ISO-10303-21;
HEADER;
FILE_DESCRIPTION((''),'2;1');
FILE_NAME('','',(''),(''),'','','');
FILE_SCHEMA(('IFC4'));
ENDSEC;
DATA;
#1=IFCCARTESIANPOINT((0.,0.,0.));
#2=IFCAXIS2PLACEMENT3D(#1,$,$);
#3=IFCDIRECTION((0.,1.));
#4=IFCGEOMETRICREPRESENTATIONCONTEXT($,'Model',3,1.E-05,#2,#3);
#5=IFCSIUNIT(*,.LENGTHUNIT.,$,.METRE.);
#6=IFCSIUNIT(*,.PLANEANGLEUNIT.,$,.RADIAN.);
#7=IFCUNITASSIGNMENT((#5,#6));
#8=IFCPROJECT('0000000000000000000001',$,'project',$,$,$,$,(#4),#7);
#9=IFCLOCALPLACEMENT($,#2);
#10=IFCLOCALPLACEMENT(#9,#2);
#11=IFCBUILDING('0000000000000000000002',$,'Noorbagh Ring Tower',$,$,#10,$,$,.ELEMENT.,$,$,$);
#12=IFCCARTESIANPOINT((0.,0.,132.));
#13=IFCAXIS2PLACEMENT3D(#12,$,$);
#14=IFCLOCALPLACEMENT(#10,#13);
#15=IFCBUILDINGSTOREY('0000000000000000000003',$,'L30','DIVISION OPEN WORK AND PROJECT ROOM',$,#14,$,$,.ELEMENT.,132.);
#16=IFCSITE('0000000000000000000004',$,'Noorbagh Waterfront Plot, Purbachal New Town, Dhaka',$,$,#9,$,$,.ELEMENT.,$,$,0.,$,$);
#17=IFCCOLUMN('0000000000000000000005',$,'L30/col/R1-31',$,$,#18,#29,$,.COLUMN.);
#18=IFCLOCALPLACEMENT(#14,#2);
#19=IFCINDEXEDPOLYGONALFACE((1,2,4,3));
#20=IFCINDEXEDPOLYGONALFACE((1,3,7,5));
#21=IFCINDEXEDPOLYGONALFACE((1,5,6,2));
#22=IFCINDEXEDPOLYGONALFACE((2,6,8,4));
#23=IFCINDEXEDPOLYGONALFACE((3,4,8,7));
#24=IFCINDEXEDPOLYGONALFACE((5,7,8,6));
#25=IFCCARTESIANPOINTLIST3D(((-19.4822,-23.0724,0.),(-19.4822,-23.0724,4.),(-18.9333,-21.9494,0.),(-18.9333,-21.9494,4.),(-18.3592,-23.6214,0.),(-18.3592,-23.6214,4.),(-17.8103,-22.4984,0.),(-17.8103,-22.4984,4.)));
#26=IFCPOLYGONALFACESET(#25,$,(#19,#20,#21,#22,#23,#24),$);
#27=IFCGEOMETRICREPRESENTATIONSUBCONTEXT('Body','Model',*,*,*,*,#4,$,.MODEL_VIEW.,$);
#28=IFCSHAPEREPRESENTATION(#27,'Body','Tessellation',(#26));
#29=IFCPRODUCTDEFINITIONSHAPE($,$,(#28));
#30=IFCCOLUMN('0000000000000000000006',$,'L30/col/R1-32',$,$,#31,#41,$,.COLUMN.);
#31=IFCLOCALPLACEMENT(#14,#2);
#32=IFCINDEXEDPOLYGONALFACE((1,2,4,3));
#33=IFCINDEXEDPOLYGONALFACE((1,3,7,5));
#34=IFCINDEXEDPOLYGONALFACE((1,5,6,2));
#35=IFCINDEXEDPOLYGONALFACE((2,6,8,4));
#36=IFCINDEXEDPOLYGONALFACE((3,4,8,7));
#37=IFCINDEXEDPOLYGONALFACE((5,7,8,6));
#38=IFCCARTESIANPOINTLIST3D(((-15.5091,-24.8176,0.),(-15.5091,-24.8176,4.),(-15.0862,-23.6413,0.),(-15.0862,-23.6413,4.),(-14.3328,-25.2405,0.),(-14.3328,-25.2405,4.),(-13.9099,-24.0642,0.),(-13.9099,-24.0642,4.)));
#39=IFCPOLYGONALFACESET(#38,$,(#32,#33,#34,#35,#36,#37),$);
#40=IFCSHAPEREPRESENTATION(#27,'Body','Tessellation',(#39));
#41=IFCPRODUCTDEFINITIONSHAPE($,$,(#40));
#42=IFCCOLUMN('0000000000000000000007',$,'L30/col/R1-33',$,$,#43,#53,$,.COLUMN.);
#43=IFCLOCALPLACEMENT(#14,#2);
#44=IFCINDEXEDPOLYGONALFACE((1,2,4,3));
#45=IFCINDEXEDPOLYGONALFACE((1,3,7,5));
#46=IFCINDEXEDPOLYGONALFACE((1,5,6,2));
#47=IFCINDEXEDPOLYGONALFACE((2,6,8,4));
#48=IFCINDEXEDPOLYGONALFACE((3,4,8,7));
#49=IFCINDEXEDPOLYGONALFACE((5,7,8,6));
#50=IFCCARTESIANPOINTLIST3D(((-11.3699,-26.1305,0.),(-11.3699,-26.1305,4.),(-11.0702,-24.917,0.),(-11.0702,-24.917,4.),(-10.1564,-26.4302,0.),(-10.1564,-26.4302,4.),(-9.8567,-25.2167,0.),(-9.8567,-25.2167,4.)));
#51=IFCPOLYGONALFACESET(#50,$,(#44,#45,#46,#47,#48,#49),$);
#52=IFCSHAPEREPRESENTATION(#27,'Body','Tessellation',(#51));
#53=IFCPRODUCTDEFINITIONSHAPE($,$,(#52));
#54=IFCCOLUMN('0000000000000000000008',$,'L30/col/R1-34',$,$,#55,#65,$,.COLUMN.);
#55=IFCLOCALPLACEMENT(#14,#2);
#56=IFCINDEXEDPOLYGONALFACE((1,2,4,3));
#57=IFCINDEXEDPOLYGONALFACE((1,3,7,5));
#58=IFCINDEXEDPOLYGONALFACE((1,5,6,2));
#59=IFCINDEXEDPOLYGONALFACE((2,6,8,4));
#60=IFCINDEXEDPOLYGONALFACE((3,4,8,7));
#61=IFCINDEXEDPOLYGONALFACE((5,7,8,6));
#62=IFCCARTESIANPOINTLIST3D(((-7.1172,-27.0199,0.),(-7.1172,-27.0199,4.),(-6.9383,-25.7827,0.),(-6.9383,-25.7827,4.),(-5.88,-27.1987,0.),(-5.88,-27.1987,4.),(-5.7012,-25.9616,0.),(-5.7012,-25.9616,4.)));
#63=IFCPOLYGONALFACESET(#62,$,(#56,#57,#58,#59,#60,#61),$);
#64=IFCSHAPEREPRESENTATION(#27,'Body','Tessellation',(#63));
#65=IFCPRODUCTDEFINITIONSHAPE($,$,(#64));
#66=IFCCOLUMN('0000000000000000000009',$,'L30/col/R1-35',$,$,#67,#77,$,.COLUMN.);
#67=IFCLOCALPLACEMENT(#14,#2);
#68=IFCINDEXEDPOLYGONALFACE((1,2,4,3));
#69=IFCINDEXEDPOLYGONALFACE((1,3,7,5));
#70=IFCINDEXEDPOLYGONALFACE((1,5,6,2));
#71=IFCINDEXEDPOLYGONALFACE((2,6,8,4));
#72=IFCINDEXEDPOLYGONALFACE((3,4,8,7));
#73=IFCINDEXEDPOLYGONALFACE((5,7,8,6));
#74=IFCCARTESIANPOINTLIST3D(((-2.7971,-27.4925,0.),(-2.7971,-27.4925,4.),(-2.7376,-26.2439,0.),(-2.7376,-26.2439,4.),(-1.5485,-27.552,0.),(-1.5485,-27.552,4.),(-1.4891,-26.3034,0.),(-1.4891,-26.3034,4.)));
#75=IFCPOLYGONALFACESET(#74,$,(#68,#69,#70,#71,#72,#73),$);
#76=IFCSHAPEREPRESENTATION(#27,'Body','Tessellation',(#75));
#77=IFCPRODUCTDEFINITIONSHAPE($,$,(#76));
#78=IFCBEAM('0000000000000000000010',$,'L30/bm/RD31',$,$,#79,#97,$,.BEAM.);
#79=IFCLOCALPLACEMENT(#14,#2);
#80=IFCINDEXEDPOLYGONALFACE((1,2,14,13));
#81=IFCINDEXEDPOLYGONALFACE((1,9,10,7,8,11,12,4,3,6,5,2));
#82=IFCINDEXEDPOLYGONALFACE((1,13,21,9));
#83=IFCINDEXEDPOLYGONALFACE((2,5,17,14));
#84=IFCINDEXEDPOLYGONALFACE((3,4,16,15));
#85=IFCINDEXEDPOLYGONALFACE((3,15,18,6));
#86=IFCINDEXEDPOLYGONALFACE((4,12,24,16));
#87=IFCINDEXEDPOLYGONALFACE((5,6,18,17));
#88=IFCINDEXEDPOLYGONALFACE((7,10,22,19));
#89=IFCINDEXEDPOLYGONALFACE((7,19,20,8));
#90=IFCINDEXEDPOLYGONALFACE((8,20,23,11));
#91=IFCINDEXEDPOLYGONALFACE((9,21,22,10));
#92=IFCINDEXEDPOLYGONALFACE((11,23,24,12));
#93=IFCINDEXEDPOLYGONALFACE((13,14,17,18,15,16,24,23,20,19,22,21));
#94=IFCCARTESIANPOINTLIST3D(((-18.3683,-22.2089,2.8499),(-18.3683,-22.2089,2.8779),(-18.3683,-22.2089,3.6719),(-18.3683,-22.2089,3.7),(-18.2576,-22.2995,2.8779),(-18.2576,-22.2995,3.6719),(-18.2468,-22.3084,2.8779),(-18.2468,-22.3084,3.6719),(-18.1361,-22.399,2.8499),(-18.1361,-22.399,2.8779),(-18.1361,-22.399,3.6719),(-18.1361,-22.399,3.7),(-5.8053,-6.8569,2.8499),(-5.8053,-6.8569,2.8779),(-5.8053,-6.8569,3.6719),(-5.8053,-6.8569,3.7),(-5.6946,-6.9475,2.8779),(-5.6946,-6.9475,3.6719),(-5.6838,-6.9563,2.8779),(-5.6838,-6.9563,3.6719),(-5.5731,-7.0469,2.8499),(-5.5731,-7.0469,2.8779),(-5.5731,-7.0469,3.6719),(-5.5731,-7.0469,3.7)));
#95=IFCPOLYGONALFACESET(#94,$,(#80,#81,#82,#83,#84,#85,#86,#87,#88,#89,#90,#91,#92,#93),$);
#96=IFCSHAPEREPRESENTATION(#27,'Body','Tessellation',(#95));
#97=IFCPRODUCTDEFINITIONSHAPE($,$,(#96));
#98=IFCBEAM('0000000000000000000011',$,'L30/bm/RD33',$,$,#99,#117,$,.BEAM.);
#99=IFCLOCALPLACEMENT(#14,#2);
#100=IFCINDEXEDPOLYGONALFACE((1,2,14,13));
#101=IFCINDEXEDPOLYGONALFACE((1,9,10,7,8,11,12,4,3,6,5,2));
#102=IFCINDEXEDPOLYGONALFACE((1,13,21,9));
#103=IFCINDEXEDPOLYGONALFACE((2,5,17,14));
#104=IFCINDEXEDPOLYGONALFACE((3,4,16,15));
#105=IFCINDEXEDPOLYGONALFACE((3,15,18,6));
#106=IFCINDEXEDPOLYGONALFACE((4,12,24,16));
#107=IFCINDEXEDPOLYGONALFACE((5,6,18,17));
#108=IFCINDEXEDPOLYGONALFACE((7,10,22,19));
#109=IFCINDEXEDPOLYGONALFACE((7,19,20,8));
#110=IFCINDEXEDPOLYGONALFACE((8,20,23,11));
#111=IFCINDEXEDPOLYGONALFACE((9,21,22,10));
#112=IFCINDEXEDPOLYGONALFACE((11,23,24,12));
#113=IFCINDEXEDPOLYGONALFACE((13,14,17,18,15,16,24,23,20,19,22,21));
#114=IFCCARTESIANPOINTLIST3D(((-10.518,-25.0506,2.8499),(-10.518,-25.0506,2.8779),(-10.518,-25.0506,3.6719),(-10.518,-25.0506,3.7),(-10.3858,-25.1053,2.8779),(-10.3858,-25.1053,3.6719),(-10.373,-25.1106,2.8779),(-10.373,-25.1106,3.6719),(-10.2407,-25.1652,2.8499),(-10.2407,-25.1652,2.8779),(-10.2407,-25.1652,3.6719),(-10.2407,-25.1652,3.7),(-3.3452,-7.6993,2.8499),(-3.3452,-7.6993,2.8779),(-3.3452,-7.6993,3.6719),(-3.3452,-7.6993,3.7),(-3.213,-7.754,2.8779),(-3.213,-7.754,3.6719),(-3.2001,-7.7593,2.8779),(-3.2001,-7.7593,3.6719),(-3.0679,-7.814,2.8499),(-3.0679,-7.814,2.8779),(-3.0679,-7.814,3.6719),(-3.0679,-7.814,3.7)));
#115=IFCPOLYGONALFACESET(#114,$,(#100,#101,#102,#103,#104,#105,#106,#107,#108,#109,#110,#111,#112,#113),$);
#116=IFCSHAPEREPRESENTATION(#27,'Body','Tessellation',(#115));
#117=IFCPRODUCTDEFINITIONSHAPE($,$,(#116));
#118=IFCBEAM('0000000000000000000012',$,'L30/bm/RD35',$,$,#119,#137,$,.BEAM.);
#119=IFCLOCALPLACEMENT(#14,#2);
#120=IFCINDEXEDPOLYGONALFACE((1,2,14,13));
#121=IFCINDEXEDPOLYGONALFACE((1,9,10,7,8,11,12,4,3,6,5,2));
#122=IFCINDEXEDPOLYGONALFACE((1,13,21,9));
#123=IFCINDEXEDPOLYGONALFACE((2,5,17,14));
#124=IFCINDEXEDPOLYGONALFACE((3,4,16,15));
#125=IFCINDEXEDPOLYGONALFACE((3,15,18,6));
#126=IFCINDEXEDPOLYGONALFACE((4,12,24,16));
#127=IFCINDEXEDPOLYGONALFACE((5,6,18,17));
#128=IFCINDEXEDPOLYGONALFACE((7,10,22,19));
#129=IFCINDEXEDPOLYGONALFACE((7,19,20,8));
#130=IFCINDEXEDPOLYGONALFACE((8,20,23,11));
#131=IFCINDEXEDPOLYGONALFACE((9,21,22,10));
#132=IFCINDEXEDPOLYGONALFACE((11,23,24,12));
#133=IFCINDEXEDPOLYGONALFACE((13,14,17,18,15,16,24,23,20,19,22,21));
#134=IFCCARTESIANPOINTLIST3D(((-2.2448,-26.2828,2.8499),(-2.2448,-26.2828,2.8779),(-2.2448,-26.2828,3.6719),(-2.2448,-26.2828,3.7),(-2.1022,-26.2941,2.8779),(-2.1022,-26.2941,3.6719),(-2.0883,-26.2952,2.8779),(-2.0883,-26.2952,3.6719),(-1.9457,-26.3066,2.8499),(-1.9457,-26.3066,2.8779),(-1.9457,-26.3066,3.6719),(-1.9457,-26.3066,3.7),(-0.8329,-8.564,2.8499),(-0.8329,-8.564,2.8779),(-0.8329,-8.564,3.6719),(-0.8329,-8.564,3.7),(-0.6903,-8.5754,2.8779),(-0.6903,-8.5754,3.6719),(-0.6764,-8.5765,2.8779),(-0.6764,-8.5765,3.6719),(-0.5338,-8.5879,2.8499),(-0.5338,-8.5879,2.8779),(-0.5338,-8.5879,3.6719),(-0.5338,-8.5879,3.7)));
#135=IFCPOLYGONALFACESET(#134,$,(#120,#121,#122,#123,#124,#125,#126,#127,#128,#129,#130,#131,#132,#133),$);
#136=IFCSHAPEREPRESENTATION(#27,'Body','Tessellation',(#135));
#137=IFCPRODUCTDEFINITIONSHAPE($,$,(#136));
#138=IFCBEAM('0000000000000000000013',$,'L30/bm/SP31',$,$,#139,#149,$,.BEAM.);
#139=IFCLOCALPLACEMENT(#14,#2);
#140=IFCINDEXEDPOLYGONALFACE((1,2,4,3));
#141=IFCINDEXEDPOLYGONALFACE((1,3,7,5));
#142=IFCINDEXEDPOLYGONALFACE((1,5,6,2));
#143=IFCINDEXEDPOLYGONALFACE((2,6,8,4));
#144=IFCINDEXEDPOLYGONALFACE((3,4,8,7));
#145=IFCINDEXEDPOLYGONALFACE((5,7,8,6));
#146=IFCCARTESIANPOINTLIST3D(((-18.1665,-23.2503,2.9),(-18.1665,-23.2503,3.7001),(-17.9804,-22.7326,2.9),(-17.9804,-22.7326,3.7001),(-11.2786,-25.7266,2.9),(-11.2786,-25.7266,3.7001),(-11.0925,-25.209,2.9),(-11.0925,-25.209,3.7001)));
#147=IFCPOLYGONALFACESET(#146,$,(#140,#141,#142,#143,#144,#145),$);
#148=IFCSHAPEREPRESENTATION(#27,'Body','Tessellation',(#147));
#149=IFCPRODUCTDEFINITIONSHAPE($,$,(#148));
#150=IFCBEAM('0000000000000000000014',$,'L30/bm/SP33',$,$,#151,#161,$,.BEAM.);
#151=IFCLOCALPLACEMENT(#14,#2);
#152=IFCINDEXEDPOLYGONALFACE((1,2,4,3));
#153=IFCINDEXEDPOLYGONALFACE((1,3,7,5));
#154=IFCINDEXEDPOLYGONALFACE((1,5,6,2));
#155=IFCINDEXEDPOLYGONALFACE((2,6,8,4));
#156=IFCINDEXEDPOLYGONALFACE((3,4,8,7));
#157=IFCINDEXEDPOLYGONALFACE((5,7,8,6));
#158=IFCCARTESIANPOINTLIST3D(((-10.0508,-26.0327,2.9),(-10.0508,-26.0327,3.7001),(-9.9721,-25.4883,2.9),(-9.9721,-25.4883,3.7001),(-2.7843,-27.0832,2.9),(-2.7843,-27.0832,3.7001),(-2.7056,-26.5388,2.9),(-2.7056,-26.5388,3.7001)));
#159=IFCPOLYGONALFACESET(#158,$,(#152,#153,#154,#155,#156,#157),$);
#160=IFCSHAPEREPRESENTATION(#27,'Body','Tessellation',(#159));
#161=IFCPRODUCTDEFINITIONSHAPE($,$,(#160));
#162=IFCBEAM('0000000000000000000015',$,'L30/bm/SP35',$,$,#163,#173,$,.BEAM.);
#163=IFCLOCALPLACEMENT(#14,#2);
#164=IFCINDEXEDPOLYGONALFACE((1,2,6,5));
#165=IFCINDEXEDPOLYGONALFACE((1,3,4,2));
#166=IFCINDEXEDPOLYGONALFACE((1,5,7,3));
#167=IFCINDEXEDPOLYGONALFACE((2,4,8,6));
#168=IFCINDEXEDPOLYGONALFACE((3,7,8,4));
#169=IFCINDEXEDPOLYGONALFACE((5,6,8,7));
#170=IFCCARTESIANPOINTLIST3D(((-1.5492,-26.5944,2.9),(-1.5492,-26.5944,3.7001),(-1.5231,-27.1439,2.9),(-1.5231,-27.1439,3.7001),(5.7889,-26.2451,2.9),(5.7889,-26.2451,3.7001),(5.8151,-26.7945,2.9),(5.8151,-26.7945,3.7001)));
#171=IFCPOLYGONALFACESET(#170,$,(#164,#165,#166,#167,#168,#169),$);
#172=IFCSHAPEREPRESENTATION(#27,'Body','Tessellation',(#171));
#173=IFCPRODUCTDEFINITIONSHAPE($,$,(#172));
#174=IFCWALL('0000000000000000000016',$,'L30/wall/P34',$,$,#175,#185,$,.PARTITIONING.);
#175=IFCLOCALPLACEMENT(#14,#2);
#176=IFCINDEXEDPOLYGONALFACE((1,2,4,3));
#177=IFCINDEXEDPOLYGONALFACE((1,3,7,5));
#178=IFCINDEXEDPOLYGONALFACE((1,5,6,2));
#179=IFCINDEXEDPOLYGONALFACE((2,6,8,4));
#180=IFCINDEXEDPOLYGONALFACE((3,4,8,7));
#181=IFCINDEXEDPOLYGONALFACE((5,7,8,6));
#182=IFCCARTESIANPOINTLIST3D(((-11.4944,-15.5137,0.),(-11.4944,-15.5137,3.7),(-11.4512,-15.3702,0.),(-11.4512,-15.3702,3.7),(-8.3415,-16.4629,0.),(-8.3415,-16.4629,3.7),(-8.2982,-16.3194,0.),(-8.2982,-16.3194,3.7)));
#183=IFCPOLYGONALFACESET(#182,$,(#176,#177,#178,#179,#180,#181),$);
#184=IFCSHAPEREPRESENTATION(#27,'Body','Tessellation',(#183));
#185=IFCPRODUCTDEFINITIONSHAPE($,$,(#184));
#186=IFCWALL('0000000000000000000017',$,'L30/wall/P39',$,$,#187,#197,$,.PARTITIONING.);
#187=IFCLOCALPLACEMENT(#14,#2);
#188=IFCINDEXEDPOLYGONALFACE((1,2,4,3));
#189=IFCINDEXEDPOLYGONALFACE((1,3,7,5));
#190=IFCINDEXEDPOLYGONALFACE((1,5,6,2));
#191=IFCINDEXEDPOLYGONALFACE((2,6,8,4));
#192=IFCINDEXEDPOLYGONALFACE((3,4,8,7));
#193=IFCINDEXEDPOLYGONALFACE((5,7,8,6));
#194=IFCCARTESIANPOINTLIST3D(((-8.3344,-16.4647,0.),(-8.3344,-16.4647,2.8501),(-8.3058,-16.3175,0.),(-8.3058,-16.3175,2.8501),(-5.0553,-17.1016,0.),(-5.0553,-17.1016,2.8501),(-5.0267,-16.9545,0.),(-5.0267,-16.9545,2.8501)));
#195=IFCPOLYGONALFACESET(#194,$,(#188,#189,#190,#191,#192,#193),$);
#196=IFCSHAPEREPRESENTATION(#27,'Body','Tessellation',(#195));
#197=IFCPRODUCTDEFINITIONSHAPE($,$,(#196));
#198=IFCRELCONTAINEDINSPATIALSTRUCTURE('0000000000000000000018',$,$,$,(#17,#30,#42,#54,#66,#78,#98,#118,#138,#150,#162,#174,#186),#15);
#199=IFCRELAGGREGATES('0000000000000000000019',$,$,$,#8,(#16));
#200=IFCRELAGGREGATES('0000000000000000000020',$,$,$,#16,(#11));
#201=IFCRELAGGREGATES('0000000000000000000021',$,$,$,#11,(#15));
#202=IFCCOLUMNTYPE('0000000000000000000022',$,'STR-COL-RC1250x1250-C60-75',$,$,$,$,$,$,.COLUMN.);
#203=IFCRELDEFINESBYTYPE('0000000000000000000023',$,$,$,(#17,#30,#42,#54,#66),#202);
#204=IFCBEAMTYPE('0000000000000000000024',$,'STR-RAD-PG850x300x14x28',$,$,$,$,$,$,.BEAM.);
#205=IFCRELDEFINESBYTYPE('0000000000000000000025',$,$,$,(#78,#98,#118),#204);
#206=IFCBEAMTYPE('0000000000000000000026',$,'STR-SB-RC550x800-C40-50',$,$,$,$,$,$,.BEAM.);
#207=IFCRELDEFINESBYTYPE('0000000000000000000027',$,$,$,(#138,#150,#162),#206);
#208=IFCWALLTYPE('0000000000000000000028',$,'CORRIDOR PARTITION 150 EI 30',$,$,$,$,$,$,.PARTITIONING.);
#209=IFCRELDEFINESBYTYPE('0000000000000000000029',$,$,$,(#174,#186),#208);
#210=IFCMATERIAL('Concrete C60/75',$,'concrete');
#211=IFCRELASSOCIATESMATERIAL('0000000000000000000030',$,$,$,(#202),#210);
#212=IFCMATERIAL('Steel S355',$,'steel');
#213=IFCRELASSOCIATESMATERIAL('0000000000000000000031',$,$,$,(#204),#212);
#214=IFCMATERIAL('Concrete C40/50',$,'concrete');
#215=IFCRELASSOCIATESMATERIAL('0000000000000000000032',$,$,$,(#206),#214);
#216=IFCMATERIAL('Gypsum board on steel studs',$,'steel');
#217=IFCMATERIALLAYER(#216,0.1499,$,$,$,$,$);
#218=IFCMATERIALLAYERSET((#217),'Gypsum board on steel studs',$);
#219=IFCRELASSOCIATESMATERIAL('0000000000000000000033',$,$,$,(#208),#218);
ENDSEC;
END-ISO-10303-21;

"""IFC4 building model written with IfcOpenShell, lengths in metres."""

from ifc_helpers import new_model, si_unit, direction, frame, frame_2d, origin, origin_2d, place, context, subcontext, project, spatial, rectangle, i_section, extrude, material, layer, layer_set, material_profile, profile_set, type_object, element, save


model = new_model("IFC4")

# Units and contexts
model_context = context("Model", 3, precision=1e-05, world=origin(), true_north=direction((0.0, 1.0)))
body_context = subcontext(model_context, "Body", "Model", "MODEL_VIEW")
ifc_project = project(units=[si_unit("LENGTHUNIT", "METRE"), si_unit("PLANEANGLEUNIT", "RADIAN")], contexts=[model_context])

# Site, building, storey
site_placement = place(None, origin())
site = spatial("IfcSite", under=ifc_project, at=site_placement, Name="Noorbagh Waterfront Plot, Purbachal New Town, Dhaka", CompositionType="ELEMENT", RefElevation=0.0)
building_placement = place(site_placement, origin())
building = spatial("IfcBuilding", under=site, at=building_placement, Name="Noorbagh Ring Tower", CompositionType="ELEMENT")
storey_placement = place(building_placement, frame((0.0, 0.0, 132.0)))
storey = spatial("IfcBuildingStorey", under=building, at=storey_placement, Name="L30", Description="DIVISION OPEN WORK AND PROJECT ROOM", CompositionType="ELEMENT", Elevation=132.0)

# Columns
ifc_material_1 = material(Name="Concrete C60/75", Category="concrete")
ifc_material_profile_1 = material_profile(ifc_material_1, rectangle(XDim=1.25, YDim=1.25, at=origin_2d()), Name="RC1250x1250")
ifc_profile_set_1 = profile_set([ifc_material_profile_1], Name="Concrete C60/75")
column_type = type_object("IfcColumnType", Name="STR-COL-RC1250x1250-C60-75", PredefinedType="COLUMN", material=ifc_profile_set_1)
for number, where, z_axis, x_axis, name in (
    (1, (-18.6462, -22.7854, 0.0), (0.0, 0.0, 1.0), (0.898399, -0.43918, 0.0), "L30/col/R1-31"),
    (2, (-14.7095, -24.4409, 0.0), (0.0, 0.0, 1.0), (0.941025, -0.338338, 0.0), "L30/col/R1-32"),
    (3, (-10.6133, -25.6736, 0.0), (0.0, 0.0, 1.0), (0.970829, -0.239771, 0.0), "L30/col/R1-33"),
    (4, (-6.4092, -26.4907, 0.0), (0.0, 0.0, 1.0), (0.989713, -0.143066, 0.0), "L30/col/R1-34"),
    (5, (-2.1431, -26.8979, 0.0), (0.0, 0.0, 1.0), (0.998869, -0.047553, 0.0), "L30/col/R1-35"),
):
    element("IfcColumn", number, at=place(storey_placement, frame(where, z_axis=z_axis, x_axis=x_axis)), inside=storey, type_object=column_type, Name=name, PredefinedType="COLUMN", context=body_context, shape_type="SweptSolid", body=[
        extrude(rectangle(XDim=1.25, YDim=1.25, at=origin_2d()), origin(), (0.0, 0.0, 1.0), 4.0),
    ])

# Beams
ifc_material_2 = material(Name="Steel S355", Category="steel")
ifc_material_profile_2 = material_profile(ifc_material_2, i_section(OverallWidth=0.3, OverallDepth=0.8501, WebThickness=0.0139, FlangeThickness=0.0281, at=origin_2d()), Name="PG850x300x14x28")
ifc_profile_set_2 = profile_set([ifc_material_profile_2], Name="Steel S355")
beam_type_1 = type_object("IfcBeamType", Name="STR-RAD-PG850x300x14x28", PredefinedType="BEAM", material=ifc_profile_set_2)
beam_1_placement = place(storey_placement, frame((-18.2522, -22.304, 3.2749), z_axis=(0.633305, 0.773902, 0.0), x_axis=(-0.773902, 0.633305, 0.0)))
element("IfcBeam", 6, at=beam_1_placement, inside=storey, type_object=beam_type_1, Name="L30/bm/RD31", PredefinedType="BEAM", context=body_context, shape_type="SweptSolid", body=[
    extrude(i_section(OverallWidth=0.3, OverallDepth=0.8501, WebThickness=0.0139, FlangeThickness=0.0281, at=origin_2d()), origin(), (0.0, 0.0, 1.0), 19.8372),
])
beam_2_placement = place(storey_placement, frame((-10.3794, -25.1079, 3.2749), z_axis=(0.382033, 0.924149, 0.0), x_axis=(-0.924149, 0.382033, 0.0)))
element("IfcBeam", 7, at=beam_2_placement, inside=storey, type_object=beam_type_1, Name="L30/bm/RD33", PredefinedType="BEAM", context=body_context, shape_type="SweptSolid", body=[
    extrude(i_section(OverallWidth=0.3, OverallDepth=0.8501, WebThickness=0.0139, FlangeThickness=0.0281, at=origin_2d()), origin(), (0.0, 0.0, 1.0), 18.7754),
])
beam_3_placement = place(storey_placement, frame((-2.0952, -26.2947, 3.2749), z_axis=(0.07943, 0.99684, 0.0), x_axis=(-0.99684, 0.07943, 0.0)))
element("IfcBeam", 8, at=beam_3_placement, inside=storey, type_object=beam_type_1, Name="L30/bm/RD35", PredefinedType="BEAM", context=body_context, shape_type="SweptSolid", body=[
    extrude(i_section(OverallWidth=0.3, OverallDepth=0.8501, WebThickness=0.0139, FlangeThickness=0.0281, at=origin_2d()), origin(), (0.0, 0.0, 1.0), 17.7749),
])
ifc_material_3 = material(Name="Concrete C40/50", Category="concrete")
ifc_material_profile_3 = material_profile(ifc_material_3, rectangle(XDim=0.55, YDim=0.8, at=origin_2d()), Name="RC550x800")
ifc_profile_set_3 = profile_set([ifc_material_profile_3], Name="Concrete C40/50")
beam_type_2 = type_object("IfcBeamType", Name="STR-SB-RC550x800-C40-50", PredefinedType="BEAM", material=ifc_profile_set_3)
beam_4_placement = place(storey_placement, frame((-18.0735, -22.9915, 3.3), z_axis=(0.941033, -0.338315, 0.0), x_axis=(0.338315, 0.941033, 0.0)))
element("IfcBeam", 9, at=beam_4_placement, inside=storey, type_object=beam_type_2, Name="L30/bm/SP31", PredefinedType="BEAM", context=body_context, shape_type="SweptSolid", body=[
    extrude(rectangle(XDim=0.55, YDim=0.8, at=origin_2d()), origin(), (0.0, 0.0, 1.0), 7.3196),
])
beam_5_placement = place(storey_placement, frame((-10.0115, -25.7605, 3.3), z_axis=(0.989711, -0.143083, 0.0), x_axis=(0.143083, 0.989711, 0.0)))
element("IfcBeam", 10, at=beam_5_placement, inside=storey, type_object=beam_type_2, Name="L30/bm/SP33", PredefinedType="BEAM", context=body_context, shape_type="SweptSolid", body=[
    extrude(rectangle(XDim=0.55, YDim=0.8, at=origin_2d()), origin(), (0.0, 0.0, 1.0), 7.342),
])
beam_6_placement = place(storey_placement, frame((-1.5361, -26.8691, 3.3), z_axis=(0.998869, 0.047556, 0.0), x_axis=(-0.047556, 0.998869, 0.0)))
element("IfcBeam", 11, at=beam_6_placement, inside=storey, type_object=beam_type_2, Name="L30/bm/SP35", PredefinedType="BEAM", context=body_context, shape_type="SweptSolid", body=[
    extrude(rectangle(XDim=0.55, YDim=0.8, at=origin_2d()), origin(), (0.0, 0.0, 1.0), 7.3464),
])

# Walls
ifc_material_4 = material(Name="Gypsum board on steel studs", Category="steel")
ifc_layer_1 = layer(ifc_material_4, 0.1499)
ifc_layer_set_1 = layer_set([ifc_layer_1], Name="Gypsum board on steel studs")
wall_type_1 = type_object("IfcWallType", Name="CORRIDOR PARTITION 150 EI 30", PredefinedType="PARTITIONING", material=ifc_layer_set_1)
wall_1_placement = place(storey_placement, frame((-11.4729, -15.4419, 0.0), z_axis=(0.0, 0.0, 1.0), x_axis=(0.957544, -0.288286, 0.0)))
element("IfcWall", 12, at=wall_1_placement, inside=storey, type_object=wall_type_1, Name="L30/wall/P34", PredefinedType="PARTITIONING", context=body_context, shape_type="SweptSolid", body=[
    extrude(rectangle(XDim=3.2927, YDim=0.1499, at=frame_2d((1.6465, 0.0))), origin(), (0.0, 0.0, 1.0), 3.7),
])
wall_2_placement = place(storey_placement, frame((-8.3201, -16.3911, 0.0), z_axis=(0.0, 0.0, 1.0), x_axis=(0.981651, -0.190688, 0.0)))
element("IfcWall", 13, at=wall_2_placement, inside=storey, type_object=wall_type_1, Name="L30/wall/P39", PredefinedType="PARTITIONING", context=body_context, shape_type="SweptSolid", body=[
    extrude(rectangle(XDim=3.3403, YDim=0.1499, at=frame_2d((1.6702, 0.0))), origin(), (0.0, 0.0, 1.0), 2.8501),
])

save(model, "model.ifc")
